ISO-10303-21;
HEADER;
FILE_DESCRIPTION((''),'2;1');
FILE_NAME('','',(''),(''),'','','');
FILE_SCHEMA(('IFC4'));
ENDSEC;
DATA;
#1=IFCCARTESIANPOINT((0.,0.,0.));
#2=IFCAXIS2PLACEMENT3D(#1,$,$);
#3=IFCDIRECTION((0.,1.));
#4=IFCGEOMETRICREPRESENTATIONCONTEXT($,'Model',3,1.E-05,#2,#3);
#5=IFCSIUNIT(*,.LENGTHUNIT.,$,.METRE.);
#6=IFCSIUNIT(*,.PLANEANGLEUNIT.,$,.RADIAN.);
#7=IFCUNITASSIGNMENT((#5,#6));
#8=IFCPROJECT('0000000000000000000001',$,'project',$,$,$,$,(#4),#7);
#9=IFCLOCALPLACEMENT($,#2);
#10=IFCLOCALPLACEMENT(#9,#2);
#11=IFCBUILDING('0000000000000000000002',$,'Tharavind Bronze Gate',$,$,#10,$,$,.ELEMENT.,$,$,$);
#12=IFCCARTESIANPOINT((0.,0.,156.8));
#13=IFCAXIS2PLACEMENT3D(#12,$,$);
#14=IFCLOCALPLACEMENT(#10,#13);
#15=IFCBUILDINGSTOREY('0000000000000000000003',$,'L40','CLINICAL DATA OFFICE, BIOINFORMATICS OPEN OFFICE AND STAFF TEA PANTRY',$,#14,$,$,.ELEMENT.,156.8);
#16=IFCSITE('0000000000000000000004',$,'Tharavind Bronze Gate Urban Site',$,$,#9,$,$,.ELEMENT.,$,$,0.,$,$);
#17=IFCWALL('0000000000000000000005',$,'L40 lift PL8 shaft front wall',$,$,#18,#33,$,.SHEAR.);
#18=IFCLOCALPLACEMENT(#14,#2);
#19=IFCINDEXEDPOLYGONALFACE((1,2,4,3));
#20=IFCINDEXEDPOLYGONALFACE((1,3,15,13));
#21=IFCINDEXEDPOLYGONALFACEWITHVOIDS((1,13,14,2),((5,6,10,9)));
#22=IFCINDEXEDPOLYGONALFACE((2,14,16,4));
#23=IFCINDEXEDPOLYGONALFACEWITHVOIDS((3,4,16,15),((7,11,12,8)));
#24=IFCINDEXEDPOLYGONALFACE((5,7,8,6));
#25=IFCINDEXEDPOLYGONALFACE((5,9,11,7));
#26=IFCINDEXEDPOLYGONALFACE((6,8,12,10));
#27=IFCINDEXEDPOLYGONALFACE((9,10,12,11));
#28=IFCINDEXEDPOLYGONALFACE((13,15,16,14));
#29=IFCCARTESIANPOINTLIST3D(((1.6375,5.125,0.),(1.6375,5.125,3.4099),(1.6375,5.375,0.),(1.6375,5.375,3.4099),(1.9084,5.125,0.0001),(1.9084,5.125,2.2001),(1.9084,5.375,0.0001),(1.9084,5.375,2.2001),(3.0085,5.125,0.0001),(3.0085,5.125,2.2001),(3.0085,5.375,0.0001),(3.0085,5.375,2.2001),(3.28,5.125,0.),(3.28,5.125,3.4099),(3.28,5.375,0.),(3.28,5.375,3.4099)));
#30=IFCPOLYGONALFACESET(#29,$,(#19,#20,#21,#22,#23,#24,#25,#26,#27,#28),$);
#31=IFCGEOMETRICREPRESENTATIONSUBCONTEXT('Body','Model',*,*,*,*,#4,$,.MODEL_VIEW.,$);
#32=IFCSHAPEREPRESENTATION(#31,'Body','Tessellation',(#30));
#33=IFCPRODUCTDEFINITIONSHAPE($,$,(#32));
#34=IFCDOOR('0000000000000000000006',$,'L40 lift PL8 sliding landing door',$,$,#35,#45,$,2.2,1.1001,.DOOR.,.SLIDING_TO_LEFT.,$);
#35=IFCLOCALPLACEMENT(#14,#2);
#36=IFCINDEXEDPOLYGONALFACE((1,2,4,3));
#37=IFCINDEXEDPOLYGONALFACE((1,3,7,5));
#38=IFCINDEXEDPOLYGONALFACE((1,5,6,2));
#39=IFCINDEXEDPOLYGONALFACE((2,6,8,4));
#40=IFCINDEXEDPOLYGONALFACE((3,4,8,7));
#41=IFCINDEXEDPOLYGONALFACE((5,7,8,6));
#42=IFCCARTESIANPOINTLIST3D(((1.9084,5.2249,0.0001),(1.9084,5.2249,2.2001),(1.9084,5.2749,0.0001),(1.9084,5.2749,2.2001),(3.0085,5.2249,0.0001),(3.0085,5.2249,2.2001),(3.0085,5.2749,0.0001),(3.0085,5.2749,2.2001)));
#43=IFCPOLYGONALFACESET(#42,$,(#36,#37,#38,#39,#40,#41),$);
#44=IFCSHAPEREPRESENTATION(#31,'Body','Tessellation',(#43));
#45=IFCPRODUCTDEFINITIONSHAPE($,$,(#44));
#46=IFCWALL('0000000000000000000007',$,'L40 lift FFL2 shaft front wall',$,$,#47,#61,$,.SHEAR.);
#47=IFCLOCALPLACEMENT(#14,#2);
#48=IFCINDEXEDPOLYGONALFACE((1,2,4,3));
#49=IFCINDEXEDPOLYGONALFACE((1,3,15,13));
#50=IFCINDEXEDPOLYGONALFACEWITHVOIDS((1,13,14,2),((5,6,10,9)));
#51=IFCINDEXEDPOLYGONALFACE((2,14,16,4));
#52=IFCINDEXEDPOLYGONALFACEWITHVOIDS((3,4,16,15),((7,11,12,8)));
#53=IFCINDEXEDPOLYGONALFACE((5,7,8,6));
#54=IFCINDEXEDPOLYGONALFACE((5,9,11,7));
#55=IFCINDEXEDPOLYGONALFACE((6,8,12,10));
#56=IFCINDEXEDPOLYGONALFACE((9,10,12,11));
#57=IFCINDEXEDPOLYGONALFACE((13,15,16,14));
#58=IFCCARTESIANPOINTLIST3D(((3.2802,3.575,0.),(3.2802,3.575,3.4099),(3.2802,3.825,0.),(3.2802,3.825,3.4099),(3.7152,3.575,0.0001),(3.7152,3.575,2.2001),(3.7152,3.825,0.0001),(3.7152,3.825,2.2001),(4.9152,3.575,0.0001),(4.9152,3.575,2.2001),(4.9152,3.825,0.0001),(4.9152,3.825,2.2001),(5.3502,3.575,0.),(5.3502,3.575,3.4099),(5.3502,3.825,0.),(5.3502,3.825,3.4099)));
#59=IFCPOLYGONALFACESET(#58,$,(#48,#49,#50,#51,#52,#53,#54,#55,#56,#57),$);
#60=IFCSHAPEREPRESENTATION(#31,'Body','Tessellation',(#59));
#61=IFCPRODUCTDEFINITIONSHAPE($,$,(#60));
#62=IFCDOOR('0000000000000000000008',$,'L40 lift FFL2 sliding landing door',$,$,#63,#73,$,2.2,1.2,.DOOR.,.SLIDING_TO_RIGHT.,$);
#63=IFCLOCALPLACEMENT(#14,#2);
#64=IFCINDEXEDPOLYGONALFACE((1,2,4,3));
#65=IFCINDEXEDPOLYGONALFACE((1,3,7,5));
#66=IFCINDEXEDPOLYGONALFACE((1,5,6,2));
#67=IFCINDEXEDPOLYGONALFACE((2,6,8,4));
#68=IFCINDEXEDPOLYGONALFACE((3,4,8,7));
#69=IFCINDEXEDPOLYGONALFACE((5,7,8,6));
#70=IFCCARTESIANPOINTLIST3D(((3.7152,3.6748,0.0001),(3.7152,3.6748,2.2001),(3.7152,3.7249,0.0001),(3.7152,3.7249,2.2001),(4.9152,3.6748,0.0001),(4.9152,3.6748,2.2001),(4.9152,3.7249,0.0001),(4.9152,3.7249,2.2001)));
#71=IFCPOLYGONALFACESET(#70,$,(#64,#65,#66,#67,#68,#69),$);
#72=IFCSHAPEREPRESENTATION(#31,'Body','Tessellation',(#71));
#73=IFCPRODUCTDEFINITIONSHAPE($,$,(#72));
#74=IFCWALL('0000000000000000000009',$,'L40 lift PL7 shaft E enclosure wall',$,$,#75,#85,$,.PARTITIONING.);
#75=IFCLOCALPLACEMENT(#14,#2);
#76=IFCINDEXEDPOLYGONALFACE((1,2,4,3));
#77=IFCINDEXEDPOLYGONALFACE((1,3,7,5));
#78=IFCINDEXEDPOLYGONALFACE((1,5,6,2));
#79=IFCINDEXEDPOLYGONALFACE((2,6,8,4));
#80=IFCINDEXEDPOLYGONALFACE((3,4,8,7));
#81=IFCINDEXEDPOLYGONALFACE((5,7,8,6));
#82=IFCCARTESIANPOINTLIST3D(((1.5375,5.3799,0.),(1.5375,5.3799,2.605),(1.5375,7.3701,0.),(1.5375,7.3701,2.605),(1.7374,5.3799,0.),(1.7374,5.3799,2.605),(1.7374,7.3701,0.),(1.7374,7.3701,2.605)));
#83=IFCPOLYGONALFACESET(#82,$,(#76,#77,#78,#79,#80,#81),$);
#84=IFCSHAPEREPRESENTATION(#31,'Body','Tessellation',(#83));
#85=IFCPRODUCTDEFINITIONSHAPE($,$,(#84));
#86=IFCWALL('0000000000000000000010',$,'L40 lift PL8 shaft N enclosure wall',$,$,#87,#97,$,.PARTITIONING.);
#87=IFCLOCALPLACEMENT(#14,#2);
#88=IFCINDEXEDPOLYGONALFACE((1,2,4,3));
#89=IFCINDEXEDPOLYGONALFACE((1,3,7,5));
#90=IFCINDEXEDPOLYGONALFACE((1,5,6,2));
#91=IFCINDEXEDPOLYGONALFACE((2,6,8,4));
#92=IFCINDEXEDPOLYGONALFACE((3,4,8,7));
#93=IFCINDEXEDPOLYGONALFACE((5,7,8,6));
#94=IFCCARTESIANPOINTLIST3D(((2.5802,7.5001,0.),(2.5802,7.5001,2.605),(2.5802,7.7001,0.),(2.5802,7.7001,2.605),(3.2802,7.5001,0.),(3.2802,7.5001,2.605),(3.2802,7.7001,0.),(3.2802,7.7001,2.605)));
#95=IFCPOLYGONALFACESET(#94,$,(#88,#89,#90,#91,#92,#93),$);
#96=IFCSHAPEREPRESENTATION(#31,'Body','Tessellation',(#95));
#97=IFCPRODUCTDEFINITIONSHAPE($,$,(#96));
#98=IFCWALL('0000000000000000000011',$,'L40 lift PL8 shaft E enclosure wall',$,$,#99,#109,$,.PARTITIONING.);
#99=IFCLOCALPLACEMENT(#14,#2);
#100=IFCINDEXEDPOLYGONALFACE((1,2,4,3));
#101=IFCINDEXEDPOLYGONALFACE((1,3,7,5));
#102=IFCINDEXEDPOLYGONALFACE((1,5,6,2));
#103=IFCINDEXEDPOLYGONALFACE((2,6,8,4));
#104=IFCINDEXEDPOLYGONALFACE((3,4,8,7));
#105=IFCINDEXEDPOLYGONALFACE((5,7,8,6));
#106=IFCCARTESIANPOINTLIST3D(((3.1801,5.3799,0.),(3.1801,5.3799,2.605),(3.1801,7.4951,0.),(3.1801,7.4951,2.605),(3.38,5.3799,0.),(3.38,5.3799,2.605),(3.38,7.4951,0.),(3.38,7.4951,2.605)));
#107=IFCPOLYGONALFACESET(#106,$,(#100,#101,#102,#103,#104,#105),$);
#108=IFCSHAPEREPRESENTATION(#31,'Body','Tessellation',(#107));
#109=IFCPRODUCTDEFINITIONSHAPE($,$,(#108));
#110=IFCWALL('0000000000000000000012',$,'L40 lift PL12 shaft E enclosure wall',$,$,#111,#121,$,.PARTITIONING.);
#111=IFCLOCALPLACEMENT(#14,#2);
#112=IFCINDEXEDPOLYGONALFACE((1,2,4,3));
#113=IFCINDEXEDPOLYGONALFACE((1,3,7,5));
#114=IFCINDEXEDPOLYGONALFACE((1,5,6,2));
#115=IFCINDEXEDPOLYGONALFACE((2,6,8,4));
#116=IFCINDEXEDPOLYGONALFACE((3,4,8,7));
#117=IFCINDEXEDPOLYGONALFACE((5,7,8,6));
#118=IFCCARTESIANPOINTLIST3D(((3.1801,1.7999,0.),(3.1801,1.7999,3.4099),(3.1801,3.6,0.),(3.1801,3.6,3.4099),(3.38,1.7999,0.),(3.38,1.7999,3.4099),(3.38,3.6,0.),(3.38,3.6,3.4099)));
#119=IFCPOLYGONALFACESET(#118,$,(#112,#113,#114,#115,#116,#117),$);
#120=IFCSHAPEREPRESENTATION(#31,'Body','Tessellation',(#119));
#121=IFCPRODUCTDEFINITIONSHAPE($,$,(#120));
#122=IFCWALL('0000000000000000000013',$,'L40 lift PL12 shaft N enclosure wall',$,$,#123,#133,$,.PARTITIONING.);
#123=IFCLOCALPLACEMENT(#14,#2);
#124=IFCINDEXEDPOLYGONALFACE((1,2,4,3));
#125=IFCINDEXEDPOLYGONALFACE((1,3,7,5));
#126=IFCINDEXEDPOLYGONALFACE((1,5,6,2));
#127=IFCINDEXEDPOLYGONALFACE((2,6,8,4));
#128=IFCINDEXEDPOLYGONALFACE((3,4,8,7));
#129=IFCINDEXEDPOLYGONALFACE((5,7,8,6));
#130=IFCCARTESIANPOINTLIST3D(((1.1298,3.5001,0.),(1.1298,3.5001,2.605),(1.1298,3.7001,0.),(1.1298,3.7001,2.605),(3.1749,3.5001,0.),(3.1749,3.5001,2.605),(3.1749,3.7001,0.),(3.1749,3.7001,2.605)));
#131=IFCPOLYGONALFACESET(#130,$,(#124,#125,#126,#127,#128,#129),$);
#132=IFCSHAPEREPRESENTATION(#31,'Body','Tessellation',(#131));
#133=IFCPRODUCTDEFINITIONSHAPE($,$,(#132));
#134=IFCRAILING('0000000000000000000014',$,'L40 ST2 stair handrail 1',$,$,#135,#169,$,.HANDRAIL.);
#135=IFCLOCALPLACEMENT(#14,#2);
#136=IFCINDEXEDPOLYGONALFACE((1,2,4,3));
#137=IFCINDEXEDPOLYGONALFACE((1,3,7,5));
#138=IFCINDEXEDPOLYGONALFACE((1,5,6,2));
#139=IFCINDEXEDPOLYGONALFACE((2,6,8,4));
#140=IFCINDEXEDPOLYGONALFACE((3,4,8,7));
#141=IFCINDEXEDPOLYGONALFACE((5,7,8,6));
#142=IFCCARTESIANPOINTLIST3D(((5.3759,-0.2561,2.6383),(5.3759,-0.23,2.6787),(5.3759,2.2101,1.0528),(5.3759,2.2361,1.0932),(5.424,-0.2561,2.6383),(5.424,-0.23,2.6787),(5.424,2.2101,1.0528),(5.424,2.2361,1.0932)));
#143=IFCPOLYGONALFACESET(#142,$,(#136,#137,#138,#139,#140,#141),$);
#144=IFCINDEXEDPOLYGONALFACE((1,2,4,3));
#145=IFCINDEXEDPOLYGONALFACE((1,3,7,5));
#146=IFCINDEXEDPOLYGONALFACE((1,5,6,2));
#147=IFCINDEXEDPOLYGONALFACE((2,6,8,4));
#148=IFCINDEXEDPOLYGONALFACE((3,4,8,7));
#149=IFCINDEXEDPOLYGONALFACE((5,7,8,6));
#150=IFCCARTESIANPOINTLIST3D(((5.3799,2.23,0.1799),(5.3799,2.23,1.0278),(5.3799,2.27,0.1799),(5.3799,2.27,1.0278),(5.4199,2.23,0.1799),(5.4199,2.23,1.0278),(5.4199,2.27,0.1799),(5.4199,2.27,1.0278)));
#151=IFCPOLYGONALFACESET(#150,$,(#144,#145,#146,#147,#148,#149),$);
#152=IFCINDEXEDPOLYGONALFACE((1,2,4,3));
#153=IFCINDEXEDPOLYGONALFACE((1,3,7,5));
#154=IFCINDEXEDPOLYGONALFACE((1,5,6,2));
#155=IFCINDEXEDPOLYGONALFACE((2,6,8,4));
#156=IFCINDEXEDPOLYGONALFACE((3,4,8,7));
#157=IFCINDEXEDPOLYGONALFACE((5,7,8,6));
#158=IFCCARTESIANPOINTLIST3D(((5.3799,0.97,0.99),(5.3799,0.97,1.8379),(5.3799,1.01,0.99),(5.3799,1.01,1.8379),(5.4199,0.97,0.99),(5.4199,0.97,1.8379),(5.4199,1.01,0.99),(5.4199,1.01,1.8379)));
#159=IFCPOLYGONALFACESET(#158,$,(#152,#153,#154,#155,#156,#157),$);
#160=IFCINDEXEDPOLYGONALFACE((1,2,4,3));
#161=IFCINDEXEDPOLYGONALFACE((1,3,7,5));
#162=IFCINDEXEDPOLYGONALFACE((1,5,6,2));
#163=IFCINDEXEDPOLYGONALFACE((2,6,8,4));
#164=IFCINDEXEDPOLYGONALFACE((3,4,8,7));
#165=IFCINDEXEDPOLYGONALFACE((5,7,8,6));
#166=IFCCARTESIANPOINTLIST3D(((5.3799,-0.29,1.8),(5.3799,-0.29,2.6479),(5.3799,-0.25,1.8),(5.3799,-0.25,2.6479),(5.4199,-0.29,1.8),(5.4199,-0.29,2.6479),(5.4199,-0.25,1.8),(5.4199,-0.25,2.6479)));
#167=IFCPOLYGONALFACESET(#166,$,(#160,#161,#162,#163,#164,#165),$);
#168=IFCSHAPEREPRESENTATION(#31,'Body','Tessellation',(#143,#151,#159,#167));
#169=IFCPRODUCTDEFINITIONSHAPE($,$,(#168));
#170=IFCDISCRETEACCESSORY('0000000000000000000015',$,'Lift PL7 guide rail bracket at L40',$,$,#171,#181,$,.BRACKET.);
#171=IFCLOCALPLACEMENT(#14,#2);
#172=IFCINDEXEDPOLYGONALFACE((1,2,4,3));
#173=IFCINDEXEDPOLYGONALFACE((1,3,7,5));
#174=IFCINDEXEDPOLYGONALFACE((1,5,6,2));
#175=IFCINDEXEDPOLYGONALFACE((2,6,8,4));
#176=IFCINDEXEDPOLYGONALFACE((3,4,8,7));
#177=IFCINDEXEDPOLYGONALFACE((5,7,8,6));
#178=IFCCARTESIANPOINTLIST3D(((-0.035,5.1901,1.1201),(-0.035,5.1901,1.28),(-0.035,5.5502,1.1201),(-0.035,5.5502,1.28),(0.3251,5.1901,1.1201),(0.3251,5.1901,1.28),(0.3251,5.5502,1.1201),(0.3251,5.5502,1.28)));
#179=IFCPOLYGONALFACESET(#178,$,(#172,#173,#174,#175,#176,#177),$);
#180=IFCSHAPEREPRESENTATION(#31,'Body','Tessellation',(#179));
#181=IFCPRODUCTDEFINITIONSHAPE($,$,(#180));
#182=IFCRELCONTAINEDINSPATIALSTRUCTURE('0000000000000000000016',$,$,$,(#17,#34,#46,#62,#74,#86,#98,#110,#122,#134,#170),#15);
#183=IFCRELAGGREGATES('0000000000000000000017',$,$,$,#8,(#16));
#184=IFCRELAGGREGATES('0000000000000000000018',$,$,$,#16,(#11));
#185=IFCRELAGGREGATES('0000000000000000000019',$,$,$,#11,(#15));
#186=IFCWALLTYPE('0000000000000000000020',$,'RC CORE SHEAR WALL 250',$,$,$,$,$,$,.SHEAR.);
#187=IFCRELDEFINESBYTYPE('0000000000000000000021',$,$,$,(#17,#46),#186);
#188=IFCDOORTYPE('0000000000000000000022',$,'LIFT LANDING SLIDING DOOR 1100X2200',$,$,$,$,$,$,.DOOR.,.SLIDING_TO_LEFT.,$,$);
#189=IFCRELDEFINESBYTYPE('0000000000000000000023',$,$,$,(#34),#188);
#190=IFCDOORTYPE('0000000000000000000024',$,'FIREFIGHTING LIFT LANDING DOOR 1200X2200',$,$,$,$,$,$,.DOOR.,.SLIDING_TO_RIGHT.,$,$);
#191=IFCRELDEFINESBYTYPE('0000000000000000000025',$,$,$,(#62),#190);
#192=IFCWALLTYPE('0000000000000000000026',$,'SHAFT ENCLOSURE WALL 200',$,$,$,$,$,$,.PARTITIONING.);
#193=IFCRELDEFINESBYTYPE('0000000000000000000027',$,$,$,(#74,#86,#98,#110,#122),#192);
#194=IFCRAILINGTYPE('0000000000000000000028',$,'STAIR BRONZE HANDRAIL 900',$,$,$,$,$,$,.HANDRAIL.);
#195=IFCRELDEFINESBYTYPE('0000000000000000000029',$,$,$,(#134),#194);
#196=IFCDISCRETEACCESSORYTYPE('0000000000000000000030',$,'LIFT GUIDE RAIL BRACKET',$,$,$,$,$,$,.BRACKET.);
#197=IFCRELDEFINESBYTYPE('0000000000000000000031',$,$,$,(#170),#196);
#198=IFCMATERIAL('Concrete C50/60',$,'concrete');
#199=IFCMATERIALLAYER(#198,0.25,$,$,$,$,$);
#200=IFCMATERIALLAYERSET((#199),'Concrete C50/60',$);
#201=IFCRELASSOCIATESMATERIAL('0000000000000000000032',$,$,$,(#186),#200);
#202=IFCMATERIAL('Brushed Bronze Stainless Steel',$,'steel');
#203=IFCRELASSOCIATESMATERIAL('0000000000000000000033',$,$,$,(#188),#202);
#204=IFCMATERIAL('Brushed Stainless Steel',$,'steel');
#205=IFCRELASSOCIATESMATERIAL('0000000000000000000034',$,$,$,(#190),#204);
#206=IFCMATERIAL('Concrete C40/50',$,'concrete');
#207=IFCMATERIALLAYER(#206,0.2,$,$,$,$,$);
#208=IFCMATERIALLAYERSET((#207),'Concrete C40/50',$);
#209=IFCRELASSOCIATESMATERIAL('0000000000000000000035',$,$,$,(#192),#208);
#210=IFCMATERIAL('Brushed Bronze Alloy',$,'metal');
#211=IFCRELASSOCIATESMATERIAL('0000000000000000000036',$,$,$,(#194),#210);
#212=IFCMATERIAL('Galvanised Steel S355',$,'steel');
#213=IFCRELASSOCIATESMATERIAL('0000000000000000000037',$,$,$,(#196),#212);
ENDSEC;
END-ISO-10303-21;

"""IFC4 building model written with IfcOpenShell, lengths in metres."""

from ifc_helpers import new_model, si_unit, direction, frame, frame_2d, origin, origin_2d, place, context, subcontext, project, spatial, rectangle, extrude, material, layer, layer_set, type_object, element, fill, save


model = new_model("IFC4")

# Units and contexts
model_context = context("Model", 3, precision=1e-05, world=origin(), true_north=direction((0.0, 1.0)))
body_context = subcontext(model_context, "Body", "Model", "MODEL_VIEW")
ifc_project = project(units=[si_unit("LENGTHUNIT", "METRE"), si_unit("PLANEANGLEUNIT", "RADIAN")], contexts=[model_context])

# Site, building, storey
site_placement = place(None, origin())
site = spatial("IfcSite", under=ifc_project, at=site_placement, Name="Tharavind Bronze Gate Urban Site", CompositionType="ELEMENT", RefElevation=0.0)
building_placement = place(site_placement, origin())
building = spatial("IfcBuilding", under=site, at=building_placement, Name="Tharavind Bronze Gate", CompositionType="ELEMENT")
storey_placement = place(building_placement, frame((0.0, 0.0, 156.8)))
storey = spatial("IfcBuildingStorey", under=building, at=storey_placement, Name="L40", Description="CLINICAL DATA OFFICE, BIOINFORMATICS OPEN OFFICE AND STAFF TEA PANTRY", CompositionType="ELEMENT", Elevation=156.8)

# Walls, openings, doors
ifc_material_1 = material(Name="Concrete C50/60", Category="concrete")
ifc_layer_1 = layer(ifc_material_1, 0.25)
ifc_layer_set_1 = layer_set([ifc_layer_1], Name="Concrete C50/60")
wall_type_1 = type_object("IfcWallType", Name="RC CORE SHEAR WALL 250", PredefinedType="SHEAR", material=ifc_layer_set_1)
wall_1_placement = place(storey_placement, frame((1.6375, 5.25, 0.0), z_axis=(0.0, 0.0, 1.0), x_axis=(1.0, 0.0, 0.0)))
wall_1 = element("IfcWall", 1, at=wall_1_placement, inside=storey, type_object=wall_type_1, Name="L40 lift PL8 shaft front wall", PredefinedType="SHEAR", context=body_context, shape_type="SweptSolid", body=[
    extrude(rectangle(XDim=1.6426, YDim=0.25, at=frame_2d((0.8213, 0.0))), origin(), (0.0, 0.0, 1.0), 3.4099),
])
opening_1_placement = place(wall_1_placement, frame((0.271, 0.0, 0.0)))
opening_1 = element("IfcOpeningElement", 2, at=opening_1_placement, cuts=wall_1, PredefinedType="OPENING", context=body_context, shape_type="SweptSolid", body=[
    extrude(rectangle(XDim=1.1001, YDim=2.2, at=frame_2d((0.55, 1.1001))), frame((0.0, 0.135, 0.0), z_axis=(0.0, -1.0, 0.0), x_axis=(1.0, 0.0, 0.0)), (0.0, 0.0, 1.0), 0.27),
])
ifc_material_2 = material(Name="Brushed Bronze Stainless Steel", Category="steel")
door_type_1 = type_object("IfcDoorType", Name="LIFT LANDING SLIDING DOOR 1100X2200", OperationType="SLIDING_TO_LEFT", PredefinedType="DOOR", material=ifc_material_2)
door_1_placement = place(opening_1_placement, origin())
door_1 = element("IfcDoor", 3, at=door_1_placement, inside=storey, type_object=door_type_1, Name="L40 lift PL8 sliding landing door", OperationType="SLIDING_TO_LEFT", OverallHeight=2.2, OverallWidth=1.1001, PredefinedType="DOOR", context=body_context, shape_type="SweptSolid", body=[
    extrude(rectangle(XDim=1.1001, YDim=2.2, at=frame_2d((0.55, 1.1001))), frame((0.0, 0.0249, 0.0), z_axis=(0.0, -1.0, 0.0), x_axis=(1.0, 0.0, 0.0)), (0.0, 0.0, 1.0), 0.05),
])
fill(opening_1, door_1)
wall_2_placement = place(storey_placement, frame((3.28, 3.7, 0.0), z_axis=(0.0, 0.0, 1.0), x_axis=(1.0, 0.0, 0.0)))
wall_2 = element("IfcWall", 4, at=wall_2_placement, inside=storey, type_object=wall_type_1, Name="L40 lift FFL2 shaft front wall", PredefinedType="SHEAR", context=body_context, shape_type="SweptSolid", body=[
    extrude(rectangle(XDim=2.0701, YDim=0.25, at=frame_2d((1.0352, 0.0))), origin(), (0.0, 0.0, 1.0), 3.4099),
])
opening_2_placement = place(wall_2_placement, frame((0.4351, 0.0, 0.0)))
opening_2 = element("IfcOpeningElement", 5, at=opening_2_placement, cuts=wall_2, PredefinedType="OPENING", context=body_context, shape_type="SweptSolid", body=[
    extrude(rectangle(XDim=1.2, YDim=2.2, at=frame_2d((0.6001, 1.1001))), frame((0.0, 0.135, 0.0), z_axis=(0.0, -1.0, 0.0), x_axis=(1.0, 0.0, 0.0)), (0.0, 0.0, 1.0), 0.27),
])
ifc_material_3 = material(Name="Brushed Stainless Steel", Category="steel")
door_type_2 = type_object("IfcDoorType", Name="FIREFIGHTING LIFT LANDING DOOR 1200X2200", OperationType="SLIDING_TO_RIGHT", PredefinedType="DOOR", material=ifc_material_3)
door_2_placement = place(opening_2_placement, origin())
door_2 = element("IfcDoor", 6, at=door_2_placement, inside=storey, type_object=door_type_2, Name="L40 lift FFL2 sliding landing door", OperationType="SLIDING_TO_RIGHT", OverallHeight=2.2, OverallWidth=1.2, PredefinedType="DOOR", context=body_context, shape_type="SweptSolid", body=[
    extrude(rectangle(XDim=1.2, YDim=2.2, at=frame_2d((0.6001, 1.1001))), frame((0.0, 0.0249, 0.0), z_axis=(0.0, -1.0, 0.0), x_axis=(1.0, 0.0, 0.0)), (0.0, 0.0, 1.0), 0.05),
])
fill(opening_2, door_2)

# Walls
ifc_material_4 = material(Name="Concrete C40/50", Category="concrete")
ifc_layer_2 = layer(ifc_material_4, 0.2)
ifc_layer_set_2 = layer_set([ifc_layer_2], Name="Concrete C40/50")
wall_type_2 = type_object("IfcWallType", Name="SHAFT ENCLOSURE WALL 200", PredefinedType="PARTITIONING", material=ifc_layer_set_2)
wall_3_placement = place(storey_placement, frame((1.6375, 5.3799, 0.0), z_axis=(0.0, 0.0, 1.0), x_axis=(0.0, 1.0, 0.0)))
element("IfcWall", 7, at=wall_3_placement, inside=storey, type_object=wall_type_2, Name="L40 lift PL7 shaft E enclosure wall", PredefinedType="PARTITIONING", context=body_context, shape_type="SweptSolid", body=[
    extrude(rectangle(XDim=1.9902, YDim=0.2, at=frame_2d((0.9951, 0.0))), origin(), (0.0, 0.0, 1.0), 2.605),
])
wall_4_placement = place(storey_placement, frame((2.5801, 7.6001, 0.0), z_axis=(0.0, 0.0, 1.0), x_axis=(1.0, 0.0, 0.0)))
element("IfcWall", 8, at=wall_4_placement, inside=storey, type_object=wall_type_2, Name="L40 lift PL8 shaft N enclosure wall", PredefinedType="PARTITIONING", context=body_context, shape_type="SweptSolid", body=[
    extrude(rectangle(XDim=0.7, YDim=0.2, at=frame_2d((0.3501, 0.0))), origin(), (0.0, 0.0, 1.0), 2.605),
])
wall_5_placement = place(storey_placement, frame((3.28, 5.3799, 0.0), z_axis=(0.0, 0.0, 1.0), x_axis=(0.0, 1.0, 0.0)))
element("IfcWall", 9, at=wall_5_placement, inside=storey, type_object=wall_type_2, Name="L40 lift PL8 shaft E enclosure wall", PredefinedType="PARTITIONING", context=body_context, shape_type="SweptSolid", body=[
    extrude(rectangle(XDim=2.1152, YDim=0.2, at=frame_2d((1.0576, 0.0))), origin(), (0.0, 0.0, 1.0), 2.605),
])
wall_6_placement = place(storey_placement, frame((3.28, 1.8, 0.0), z_axis=(0.0, 0.0, 1.0), x_axis=(0.0, 1.0, 0.0)))
element("IfcWall", 10, at=wall_6_placement, inside=storey, type_object=wall_type_2, Name="L40 lift PL12 shaft E enclosure wall", PredefinedType="PARTITIONING", context=body_context, shape_type="SweptSolid", body=[
    extrude(rectangle(XDim=1.8, YDim=0.2, at=frame_2d((0.8999, 0.0))), origin(), (0.0, 0.0, 1.0), 3.4099),
])
wall_7_placement = place(storey_placement, frame((1.1299, 3.6001, 0.0), z_axis=(0.0, 0.0, 1.0), x_axis=(1.0, 0.0, 0.0)))
element("IfcWall", 11, at=wall_7_placement, inside=storey, type_object=wall_type_2, Name="L40 lift PL12 shaft N enclosure wall", PredefinedType="PARTITIONING", context=body_context, shape_type="SweptSolid", body=[
    extrude(rectangle(XDim=2.0452, YDim=0.2, at=frame_2d((1.0225, 0.0))), origin(), (0.0, 0.0, 1.0), 2.605),
])

# Railing
ifc_material_5 = material(Name="Brushed Bronze Alloy", Category="metal")
railing_type = type_object("IfcRailingType", Name="STAIR BRONZE HANDRAIL 900", PredefinedType="HANDRAIL", material=ifc_material_5)
railing_placement = place(storey_placement, frame((5.3999, 2.25, 0.1799)))
element("IfcRailing", 12, at=railing_placement, inside=storey, type_object=railing_type, Name="L40 ST2 stair handrail 1", PredefinedType="HANDRAIL", context=body_context, shape_type="SweptSolid", body=[
    extrude(rectangle(XDim=0.0481, YDim=0.0481, at=origin_2d()), frame((0.0, -0.0269, 0.8931), z_axis=(0.0, -0.841163, 0.540782), x_axis=(1.0, 0.0, 0.0)), (0.0, 0.0, 1.0), 2.9319),
    extrude(rectangle(XDim=0.04, YDim=0.04, at=origin_2d()), origin(), (0.0, 0.0, 1.0), 0.8479),
    extrude(rectangle(XDim=0.04, YDim=0.04, at=origin_2d()), frame((0.0, -1.26, 0.8101)), (0.0, 0.0, 1.0), 0.8479),
    extrude(rectangle(XDim=0.04, YDim=0.04, at=origin_2d()), frame((0.0, -2.52, 1.6201)), (0.0, 0.0, 1.0), 0.8479),
])

# Discrete accessory
ifc_material_6 = material(Name="Galvanised Steel S355", Category="steel")
discrete_accessory_type_1 = type_object("IfcDiscreteAccessoryType", Name="LIFT GUIDE RAIL BRACKET", PredefinedType="BRACKET", material=ifc_material_6)
for number, where, z_axis, x_axis, name in (
    (13, (0.145, 5.3701, 1.1201), (0.0, 0.0, 1.0), (1.0, 0.0, 0.0), "Lift PL7 guide rail bracket at L40"),
):
    element("IfcDiscreteAccessory", number, at=place(storey_placement, frame(where, z_axis=z_axis, x_axis=x_axis)), inside=storey, type_object=discrete_accessory_type_1, Name=name, PredefinedType="BRACKET", context=body_context, shape_type="SweptSolid", body=[
        extrude(rectangle(XDim=0.3601, YDim=0.3601, at=origin_2d()), origin(), (0.0, 0.0, 1.0), 0.1599),
    ])

save(model, "model.ifc")
